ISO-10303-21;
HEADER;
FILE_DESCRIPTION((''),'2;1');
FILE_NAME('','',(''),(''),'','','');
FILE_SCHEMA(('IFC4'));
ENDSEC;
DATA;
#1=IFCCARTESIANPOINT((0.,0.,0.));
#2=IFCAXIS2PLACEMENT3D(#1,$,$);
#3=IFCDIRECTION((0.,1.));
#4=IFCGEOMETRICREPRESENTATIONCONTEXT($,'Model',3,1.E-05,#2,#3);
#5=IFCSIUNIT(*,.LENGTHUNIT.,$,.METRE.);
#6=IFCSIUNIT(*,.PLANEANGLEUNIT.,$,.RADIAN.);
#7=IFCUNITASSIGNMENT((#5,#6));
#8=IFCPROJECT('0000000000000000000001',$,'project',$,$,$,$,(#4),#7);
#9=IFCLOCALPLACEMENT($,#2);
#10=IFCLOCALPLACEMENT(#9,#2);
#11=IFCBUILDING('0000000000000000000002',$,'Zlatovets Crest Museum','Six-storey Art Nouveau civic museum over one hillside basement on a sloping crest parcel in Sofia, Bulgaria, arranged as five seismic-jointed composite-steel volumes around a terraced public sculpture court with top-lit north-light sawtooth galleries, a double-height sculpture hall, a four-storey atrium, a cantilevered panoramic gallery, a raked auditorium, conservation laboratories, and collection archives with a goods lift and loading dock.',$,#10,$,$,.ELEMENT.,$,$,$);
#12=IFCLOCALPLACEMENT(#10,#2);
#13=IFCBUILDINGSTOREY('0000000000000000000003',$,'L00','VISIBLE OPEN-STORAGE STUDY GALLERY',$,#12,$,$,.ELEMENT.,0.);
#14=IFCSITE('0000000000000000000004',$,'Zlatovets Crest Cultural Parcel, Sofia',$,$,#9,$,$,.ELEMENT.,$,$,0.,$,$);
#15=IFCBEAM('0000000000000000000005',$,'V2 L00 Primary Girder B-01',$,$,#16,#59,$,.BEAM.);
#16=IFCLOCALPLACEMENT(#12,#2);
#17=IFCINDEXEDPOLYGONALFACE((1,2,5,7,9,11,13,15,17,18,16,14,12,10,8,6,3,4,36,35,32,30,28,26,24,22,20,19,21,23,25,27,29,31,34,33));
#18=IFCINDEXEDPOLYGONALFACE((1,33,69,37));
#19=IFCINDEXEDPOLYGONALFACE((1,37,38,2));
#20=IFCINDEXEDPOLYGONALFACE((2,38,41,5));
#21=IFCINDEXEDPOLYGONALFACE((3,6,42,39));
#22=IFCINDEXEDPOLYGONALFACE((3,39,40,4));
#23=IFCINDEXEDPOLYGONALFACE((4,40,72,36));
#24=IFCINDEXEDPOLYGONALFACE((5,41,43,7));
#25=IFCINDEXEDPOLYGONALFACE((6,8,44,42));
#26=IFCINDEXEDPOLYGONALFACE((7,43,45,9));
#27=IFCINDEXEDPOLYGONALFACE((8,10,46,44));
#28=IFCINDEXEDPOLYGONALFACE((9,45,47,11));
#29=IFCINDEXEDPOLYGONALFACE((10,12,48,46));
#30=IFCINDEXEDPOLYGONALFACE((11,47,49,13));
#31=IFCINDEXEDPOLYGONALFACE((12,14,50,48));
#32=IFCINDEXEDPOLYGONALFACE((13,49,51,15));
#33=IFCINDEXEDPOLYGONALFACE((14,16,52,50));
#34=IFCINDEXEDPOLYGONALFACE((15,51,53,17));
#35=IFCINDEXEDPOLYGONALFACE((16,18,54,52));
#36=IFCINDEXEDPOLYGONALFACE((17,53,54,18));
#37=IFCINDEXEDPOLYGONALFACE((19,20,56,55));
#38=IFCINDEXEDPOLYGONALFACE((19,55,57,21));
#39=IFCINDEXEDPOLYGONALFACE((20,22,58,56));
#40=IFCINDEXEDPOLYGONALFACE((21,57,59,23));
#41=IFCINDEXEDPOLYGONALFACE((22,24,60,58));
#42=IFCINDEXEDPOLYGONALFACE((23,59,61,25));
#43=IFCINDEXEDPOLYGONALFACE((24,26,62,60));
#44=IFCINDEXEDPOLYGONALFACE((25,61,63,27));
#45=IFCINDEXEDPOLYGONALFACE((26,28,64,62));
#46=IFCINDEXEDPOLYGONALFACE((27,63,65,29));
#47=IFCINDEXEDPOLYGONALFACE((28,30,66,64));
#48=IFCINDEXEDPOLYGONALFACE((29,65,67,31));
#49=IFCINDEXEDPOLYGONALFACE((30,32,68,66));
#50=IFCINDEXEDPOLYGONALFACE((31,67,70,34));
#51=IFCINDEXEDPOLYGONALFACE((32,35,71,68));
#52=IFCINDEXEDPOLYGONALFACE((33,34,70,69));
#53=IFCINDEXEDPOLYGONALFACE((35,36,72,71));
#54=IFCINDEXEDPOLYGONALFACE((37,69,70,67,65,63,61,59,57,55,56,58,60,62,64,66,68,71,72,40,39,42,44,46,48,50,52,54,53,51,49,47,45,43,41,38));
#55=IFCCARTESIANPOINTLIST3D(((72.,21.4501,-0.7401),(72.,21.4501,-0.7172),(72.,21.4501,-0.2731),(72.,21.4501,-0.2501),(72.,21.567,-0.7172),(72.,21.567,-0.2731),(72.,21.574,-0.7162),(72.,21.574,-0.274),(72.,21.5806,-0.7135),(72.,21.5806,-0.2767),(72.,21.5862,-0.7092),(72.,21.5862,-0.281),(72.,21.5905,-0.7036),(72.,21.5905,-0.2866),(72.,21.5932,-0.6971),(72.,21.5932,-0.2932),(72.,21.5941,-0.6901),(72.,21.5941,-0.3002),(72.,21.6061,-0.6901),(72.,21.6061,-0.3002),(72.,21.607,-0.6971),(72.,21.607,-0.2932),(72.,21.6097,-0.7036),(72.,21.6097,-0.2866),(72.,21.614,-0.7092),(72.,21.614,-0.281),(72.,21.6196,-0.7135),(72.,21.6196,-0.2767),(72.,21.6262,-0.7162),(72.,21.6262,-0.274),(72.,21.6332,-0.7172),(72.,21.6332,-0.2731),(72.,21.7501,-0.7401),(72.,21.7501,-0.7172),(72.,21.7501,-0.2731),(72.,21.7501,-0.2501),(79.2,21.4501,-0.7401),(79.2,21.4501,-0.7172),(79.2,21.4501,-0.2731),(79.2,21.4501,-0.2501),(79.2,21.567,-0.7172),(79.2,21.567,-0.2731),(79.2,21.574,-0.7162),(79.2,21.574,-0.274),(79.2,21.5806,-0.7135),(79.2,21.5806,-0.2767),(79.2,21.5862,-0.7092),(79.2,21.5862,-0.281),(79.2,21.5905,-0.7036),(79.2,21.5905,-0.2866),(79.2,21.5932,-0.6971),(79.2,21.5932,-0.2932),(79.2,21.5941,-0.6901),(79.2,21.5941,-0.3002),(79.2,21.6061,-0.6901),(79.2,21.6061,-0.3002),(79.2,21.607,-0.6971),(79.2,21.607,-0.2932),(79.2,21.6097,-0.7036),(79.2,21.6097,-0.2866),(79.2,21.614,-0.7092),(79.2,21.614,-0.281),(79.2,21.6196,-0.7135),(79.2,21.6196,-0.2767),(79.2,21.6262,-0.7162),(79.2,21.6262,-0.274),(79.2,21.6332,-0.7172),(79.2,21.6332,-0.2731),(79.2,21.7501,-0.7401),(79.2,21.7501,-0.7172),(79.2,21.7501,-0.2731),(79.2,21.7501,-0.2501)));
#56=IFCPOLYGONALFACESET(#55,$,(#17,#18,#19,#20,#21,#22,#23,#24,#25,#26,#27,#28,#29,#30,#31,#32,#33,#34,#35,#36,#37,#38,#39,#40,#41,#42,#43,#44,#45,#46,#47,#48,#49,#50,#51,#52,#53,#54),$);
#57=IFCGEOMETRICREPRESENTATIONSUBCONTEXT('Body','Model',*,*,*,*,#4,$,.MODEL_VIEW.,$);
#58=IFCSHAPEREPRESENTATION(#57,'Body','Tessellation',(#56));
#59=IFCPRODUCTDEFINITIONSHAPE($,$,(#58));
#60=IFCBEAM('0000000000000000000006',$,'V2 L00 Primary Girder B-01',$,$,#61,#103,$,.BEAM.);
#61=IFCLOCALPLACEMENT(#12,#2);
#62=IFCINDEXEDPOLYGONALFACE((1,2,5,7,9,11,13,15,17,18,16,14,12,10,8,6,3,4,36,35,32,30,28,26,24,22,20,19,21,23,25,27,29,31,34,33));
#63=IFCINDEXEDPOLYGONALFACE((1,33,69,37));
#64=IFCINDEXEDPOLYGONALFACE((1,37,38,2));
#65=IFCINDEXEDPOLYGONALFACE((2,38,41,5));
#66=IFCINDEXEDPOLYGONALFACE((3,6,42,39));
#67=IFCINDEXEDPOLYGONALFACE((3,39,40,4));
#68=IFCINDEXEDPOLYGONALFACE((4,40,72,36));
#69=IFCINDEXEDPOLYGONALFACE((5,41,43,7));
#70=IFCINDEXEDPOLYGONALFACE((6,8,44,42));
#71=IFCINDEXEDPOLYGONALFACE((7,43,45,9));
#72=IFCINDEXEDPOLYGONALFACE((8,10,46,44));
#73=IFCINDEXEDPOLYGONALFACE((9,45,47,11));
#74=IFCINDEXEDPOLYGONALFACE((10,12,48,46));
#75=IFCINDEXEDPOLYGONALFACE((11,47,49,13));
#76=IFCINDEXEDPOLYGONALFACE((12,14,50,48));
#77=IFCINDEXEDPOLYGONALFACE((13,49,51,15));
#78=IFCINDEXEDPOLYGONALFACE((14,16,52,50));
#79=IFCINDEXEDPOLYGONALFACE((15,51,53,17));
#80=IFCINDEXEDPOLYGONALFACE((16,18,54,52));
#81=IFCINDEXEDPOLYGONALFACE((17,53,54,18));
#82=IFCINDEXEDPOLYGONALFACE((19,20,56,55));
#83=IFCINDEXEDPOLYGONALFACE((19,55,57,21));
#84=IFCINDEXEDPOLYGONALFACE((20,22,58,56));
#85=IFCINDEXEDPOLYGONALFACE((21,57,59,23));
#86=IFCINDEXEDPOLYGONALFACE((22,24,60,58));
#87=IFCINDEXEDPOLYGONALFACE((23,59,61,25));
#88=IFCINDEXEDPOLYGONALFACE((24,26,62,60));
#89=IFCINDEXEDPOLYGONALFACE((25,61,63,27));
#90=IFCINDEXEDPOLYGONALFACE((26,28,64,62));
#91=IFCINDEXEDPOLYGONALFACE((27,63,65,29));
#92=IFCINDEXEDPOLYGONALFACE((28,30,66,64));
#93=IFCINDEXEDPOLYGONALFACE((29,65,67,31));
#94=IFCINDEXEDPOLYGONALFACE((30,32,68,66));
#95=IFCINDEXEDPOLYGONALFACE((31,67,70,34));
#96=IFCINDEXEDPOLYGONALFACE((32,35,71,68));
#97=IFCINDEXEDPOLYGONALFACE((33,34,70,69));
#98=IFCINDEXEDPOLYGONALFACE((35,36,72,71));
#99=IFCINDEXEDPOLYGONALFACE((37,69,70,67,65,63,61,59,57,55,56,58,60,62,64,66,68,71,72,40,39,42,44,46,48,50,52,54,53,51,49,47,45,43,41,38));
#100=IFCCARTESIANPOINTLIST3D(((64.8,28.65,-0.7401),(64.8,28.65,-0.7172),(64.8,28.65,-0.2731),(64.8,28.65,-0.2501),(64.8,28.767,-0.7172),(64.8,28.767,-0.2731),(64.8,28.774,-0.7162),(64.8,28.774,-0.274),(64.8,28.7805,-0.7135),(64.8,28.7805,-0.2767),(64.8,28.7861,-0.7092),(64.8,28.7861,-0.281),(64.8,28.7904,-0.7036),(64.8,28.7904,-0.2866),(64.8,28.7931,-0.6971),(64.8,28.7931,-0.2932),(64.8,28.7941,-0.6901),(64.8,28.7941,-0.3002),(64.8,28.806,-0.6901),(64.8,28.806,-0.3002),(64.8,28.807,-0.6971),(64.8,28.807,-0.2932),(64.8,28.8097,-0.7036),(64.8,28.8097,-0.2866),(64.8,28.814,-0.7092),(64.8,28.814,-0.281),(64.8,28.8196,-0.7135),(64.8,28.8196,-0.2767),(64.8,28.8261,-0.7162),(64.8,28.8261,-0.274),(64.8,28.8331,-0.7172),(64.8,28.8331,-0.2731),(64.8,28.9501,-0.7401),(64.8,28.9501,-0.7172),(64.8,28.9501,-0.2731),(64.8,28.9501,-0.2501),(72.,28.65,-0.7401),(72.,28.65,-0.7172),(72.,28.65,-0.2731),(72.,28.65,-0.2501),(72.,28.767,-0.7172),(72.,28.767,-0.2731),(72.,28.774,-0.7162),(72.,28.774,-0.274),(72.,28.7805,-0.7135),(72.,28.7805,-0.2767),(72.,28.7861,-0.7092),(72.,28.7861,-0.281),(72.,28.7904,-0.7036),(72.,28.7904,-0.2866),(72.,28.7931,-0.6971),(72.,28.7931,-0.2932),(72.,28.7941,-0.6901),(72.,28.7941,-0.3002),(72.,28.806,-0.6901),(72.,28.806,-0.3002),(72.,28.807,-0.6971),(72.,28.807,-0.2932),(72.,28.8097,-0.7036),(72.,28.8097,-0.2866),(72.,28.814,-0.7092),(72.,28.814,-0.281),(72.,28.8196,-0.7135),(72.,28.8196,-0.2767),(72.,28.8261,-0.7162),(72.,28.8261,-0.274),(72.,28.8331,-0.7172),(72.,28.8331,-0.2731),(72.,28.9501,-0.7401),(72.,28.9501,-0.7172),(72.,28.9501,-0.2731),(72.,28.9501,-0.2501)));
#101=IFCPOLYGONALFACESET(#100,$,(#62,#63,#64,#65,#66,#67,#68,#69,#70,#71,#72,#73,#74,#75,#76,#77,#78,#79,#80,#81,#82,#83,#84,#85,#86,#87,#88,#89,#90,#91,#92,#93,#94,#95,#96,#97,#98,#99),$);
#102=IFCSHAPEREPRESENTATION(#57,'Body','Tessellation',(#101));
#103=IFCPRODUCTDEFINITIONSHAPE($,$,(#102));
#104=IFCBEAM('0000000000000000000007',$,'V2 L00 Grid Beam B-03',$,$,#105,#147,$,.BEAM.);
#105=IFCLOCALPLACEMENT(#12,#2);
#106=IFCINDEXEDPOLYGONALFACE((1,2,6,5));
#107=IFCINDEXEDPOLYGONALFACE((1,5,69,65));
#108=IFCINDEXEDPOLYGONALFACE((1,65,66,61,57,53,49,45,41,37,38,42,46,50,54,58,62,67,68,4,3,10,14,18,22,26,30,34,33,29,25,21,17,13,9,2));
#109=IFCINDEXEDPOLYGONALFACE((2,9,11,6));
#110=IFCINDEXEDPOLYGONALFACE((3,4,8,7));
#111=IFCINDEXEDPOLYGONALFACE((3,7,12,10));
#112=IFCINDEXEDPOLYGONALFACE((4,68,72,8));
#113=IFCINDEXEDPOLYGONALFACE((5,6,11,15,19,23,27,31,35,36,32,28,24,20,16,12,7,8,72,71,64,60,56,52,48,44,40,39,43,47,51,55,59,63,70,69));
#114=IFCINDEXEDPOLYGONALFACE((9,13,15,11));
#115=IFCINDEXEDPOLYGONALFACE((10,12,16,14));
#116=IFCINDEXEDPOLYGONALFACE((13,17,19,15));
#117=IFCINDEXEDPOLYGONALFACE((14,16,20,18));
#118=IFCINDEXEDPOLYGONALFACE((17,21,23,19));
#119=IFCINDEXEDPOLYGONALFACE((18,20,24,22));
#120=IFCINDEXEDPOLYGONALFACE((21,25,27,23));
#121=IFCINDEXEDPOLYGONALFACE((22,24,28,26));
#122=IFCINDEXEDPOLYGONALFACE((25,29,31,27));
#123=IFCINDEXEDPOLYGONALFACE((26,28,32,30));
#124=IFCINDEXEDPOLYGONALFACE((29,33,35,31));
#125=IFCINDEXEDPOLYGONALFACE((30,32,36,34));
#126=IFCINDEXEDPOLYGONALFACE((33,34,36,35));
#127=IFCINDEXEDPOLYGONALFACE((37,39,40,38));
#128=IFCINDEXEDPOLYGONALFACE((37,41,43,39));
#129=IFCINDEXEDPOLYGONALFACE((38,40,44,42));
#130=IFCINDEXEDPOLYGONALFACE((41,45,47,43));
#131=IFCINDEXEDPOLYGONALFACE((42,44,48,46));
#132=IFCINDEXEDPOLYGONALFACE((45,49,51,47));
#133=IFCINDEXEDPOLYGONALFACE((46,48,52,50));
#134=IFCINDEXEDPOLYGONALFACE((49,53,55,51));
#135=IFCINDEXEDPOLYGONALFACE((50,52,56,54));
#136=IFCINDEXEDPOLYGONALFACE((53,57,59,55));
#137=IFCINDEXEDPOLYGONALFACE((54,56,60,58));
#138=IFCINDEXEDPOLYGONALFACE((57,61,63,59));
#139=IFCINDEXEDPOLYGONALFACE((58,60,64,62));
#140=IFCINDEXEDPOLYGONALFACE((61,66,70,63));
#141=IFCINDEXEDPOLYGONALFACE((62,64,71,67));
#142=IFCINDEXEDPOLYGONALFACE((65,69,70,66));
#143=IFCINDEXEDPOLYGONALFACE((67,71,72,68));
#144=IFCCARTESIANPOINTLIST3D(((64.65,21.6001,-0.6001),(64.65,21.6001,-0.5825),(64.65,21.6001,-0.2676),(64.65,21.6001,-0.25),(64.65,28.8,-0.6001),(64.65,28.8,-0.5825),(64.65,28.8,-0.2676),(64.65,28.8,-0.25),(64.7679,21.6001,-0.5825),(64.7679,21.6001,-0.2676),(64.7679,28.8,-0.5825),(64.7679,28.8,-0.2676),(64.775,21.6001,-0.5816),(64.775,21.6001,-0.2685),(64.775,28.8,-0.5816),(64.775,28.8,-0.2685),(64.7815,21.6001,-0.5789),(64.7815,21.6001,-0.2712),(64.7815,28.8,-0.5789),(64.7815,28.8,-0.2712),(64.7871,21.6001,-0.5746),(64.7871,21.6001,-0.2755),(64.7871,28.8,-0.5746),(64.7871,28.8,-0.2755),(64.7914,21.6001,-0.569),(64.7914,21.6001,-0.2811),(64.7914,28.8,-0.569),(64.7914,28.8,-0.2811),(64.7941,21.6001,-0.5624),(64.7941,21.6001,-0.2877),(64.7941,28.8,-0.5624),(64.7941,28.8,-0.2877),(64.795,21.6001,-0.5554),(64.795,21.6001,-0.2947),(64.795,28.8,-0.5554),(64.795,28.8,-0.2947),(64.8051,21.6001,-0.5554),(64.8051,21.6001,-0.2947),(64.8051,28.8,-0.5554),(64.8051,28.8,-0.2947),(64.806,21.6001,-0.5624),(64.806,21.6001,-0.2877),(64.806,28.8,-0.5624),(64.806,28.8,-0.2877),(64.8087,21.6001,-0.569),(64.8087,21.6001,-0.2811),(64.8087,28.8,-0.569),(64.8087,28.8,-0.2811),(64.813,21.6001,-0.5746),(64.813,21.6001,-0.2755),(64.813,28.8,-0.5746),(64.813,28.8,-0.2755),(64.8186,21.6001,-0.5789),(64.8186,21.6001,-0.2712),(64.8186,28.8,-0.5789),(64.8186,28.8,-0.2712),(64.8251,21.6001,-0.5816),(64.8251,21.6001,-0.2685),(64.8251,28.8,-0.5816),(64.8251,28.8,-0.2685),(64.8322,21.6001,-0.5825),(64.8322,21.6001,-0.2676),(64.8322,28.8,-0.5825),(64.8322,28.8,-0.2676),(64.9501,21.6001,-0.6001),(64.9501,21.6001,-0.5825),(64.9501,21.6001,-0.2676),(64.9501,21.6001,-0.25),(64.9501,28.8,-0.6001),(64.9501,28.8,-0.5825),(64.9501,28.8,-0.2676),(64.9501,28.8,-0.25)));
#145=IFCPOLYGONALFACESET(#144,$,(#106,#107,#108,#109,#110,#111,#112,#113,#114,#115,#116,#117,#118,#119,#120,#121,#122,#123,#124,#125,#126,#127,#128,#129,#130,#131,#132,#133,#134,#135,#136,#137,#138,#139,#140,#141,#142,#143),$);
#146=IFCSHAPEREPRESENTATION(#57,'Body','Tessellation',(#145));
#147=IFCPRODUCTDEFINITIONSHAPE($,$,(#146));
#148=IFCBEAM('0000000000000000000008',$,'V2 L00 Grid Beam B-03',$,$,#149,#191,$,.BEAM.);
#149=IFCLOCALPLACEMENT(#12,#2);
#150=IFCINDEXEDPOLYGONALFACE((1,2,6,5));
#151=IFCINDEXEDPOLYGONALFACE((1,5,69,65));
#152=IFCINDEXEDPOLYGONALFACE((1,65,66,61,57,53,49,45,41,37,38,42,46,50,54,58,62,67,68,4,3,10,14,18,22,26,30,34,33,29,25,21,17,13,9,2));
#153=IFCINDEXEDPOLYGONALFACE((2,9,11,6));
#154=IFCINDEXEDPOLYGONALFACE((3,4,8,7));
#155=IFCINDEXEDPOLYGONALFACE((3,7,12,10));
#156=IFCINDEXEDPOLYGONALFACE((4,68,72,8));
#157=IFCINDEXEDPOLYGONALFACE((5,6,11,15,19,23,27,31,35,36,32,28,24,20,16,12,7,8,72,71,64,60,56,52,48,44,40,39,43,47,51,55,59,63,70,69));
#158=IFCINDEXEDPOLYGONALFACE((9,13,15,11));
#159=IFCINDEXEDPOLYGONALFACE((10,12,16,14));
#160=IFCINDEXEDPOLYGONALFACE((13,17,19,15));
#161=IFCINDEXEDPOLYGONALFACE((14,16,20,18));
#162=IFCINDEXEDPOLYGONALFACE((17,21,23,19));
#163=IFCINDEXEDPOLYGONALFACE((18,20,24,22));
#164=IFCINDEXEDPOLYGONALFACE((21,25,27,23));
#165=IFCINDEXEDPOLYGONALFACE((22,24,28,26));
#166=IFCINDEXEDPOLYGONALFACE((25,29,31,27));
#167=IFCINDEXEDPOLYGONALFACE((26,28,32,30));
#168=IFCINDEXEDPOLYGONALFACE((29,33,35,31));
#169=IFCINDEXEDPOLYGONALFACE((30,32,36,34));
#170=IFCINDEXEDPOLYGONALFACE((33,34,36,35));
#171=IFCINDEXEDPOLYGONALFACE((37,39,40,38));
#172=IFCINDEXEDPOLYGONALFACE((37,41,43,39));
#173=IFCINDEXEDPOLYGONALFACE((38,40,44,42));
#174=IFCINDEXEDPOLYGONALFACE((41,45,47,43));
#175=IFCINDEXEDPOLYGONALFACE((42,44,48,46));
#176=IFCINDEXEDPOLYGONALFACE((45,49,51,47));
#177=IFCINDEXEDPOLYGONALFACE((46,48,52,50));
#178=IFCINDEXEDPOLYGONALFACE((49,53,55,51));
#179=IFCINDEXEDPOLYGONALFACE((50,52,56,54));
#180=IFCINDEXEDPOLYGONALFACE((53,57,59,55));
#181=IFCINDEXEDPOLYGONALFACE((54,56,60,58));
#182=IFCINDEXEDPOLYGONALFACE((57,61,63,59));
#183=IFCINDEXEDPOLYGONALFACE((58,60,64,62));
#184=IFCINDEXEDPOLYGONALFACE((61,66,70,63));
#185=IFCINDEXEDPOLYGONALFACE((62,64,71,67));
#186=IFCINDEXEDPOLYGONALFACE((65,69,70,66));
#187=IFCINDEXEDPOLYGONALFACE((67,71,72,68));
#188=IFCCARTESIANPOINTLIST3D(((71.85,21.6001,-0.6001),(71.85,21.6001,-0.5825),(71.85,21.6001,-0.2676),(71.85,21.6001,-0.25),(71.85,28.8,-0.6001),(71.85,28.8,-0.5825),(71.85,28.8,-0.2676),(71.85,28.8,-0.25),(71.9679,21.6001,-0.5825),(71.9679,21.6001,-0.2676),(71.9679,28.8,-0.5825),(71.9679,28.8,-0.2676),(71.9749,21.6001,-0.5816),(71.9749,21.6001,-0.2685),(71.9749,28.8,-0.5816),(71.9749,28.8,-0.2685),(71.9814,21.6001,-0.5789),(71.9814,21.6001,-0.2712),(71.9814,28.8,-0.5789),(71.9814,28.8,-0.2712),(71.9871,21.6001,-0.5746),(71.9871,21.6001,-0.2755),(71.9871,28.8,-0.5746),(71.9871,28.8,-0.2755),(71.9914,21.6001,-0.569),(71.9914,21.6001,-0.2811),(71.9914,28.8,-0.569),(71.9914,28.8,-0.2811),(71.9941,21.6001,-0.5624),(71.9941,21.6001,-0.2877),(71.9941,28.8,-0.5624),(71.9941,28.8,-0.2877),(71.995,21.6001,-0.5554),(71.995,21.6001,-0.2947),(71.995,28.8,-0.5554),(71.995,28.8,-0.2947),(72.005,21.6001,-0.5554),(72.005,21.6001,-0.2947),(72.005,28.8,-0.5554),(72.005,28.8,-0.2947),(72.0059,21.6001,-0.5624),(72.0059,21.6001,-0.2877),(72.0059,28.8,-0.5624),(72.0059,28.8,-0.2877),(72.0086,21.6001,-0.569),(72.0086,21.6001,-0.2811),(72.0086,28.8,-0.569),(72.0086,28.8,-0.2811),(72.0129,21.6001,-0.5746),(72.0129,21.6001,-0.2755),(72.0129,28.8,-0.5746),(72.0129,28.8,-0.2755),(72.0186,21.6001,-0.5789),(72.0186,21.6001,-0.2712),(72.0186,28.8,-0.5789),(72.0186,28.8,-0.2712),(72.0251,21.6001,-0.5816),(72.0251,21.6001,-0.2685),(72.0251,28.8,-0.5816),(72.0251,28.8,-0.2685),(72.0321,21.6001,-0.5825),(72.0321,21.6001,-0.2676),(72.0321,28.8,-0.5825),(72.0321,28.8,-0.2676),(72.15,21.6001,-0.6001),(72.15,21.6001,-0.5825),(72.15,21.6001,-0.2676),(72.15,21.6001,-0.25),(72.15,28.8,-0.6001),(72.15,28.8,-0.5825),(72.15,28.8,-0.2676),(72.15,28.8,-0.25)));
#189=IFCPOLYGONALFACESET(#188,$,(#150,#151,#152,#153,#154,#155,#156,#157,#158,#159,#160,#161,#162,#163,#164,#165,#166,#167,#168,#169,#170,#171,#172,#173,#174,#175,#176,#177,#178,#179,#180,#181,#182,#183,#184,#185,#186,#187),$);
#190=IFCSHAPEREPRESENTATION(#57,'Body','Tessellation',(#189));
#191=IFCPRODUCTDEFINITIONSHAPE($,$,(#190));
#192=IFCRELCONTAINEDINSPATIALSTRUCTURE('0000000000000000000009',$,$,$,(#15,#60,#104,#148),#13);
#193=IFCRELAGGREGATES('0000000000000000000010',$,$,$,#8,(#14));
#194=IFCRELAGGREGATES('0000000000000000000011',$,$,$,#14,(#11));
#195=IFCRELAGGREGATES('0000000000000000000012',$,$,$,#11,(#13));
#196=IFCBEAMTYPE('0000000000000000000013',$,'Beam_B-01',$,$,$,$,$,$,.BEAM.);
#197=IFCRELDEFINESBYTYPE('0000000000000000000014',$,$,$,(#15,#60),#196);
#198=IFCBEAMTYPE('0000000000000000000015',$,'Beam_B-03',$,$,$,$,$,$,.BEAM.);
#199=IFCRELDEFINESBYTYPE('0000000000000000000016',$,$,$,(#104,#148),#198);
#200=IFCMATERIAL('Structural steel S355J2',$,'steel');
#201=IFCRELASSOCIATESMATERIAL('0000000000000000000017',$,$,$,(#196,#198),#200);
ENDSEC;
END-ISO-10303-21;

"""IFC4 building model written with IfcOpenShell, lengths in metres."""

from ifc_helpers import new_model, si_unit, direction, frame, origin, origin_2d, place, context, subcontext, project, spatial, i_section, extrude, material, material_profile, profile_set, type_object, element, save


model = new_model("IFC4")

# Units and contexts
model_context = context("Model", 3, precision=1e-05, world=origin(), true_north=direction((0.0, 1.0)))
body_context = subcontext(model_context, "Body", "Model", "MODEL_VIEW")
ifc_project = project(units=[si_unit("LENGTHUNIT", "METRE"), si_unit("PLANEANGLEUNIT", "RADIAN")], contexts=[model_context])

# Site, building, storey
site_placement = place(None, origin())
site = spatial("IfcSite", under=ifc_project, at=site_placement, Name="Zlatovets Crest Cultural Parcel, Sofia", CompositionType="ELEMENT", RefElevation=0.0)
building_placement = place(site_placement, origin())
building = spatial("IfcBuilding", under=site, at=building_placement, Name="Zlatovets Crest Museum", Description="Six-storey Art Nouveau civic museum over one hillside basement on a sloping crest parcel in Sofia, Bulgaria, arranged as five seismic-jointed composite-steel volumes around a terraced public sculpture court with top-lit north-light sawtooth galleries, a double-height sculpture hall, a four-storey atrium, a cantilevered panoramic gallery, a raked auditorium, conservation laboratories, and collection archives with a goods lift and loading dock.", CompositionType="ELEMENT")
storey_placement = place(building_placement, origin())
storey = spatial("IfcBuildingStorey", under=building, at=storey_placement, Name="L00", Description="VISIBLE OPEN-STORAGE STUDY GALLERY", CompositionType="ELEMENT", Elevation=0.0)

# Shared definitions
ifc_material_1 = material(Name="Structural steel S355J2", Category="steel")

# Beams
ifc_material_profile_1 = material_profile(ifc_material_1, i_section(OverallWidth=0.3, OverallDepth=0.49, WebThickness=0.012, FlangeThickness=0.0229, FilletRadius=0.0271, at=origin_2d()), Name="HEA 500")
ifc_profile_set_1 = profile_set([ifc_material_profile_1], Name="Structural steel S355J2")
beam_type_1 = type_object("IfcBeamType", Name="Beam_B-01", PredefinedType="BEAM", material=ifc_profile_set_1)
for number, where, z_axis, x_axis, name in (
    (1, (72.0, 21.6001, -0.4951), (1.0, 0.0, 0.0), (0.0, 1.0, 0.0), "V2 L00 Primary Girder B-01"),
    (2, (64.8, 28.8, -0.4951), (1.0, 0.0, 0.0), (0.0, 1.0, 0.0), "V2 L00 Primary Girder B-01"),
):
    element("IfcBeam", number, at=place(storey_placement, frame(where, z_axis=z_axis, x_axis=x_axis)), inside=storey, type_object=beam_type_1, Name=name, PredefinedType="BEAM", context=body_context, shape_type="SweptSolid", body=[
        extrude(i_section(OverallWidth=0.3, OverallDepth=0.49, WebThickness=0.012, FlangeThickness=0.0229, FilletRadius=0.0271, at=origin_2d()), origin(), (0.0, 0.0, 1.0), 7.2),
    ])
ifc_material_profile_2 = material_profile(ifc_material_1, i_section(OverallWidth=0.3, OverallDepth=0.3501, WebThickness=0.01, FlangeThickness=0.0176, FilletRadius=0.0271, at=origin_2d()), Name="HEA 360")
ifc_profile_set_2 = profile_set([ifc_material_profile_2], Name="Structural steel S355J2")
beam_type_2 = type_object("IfcBeamType", Name="Beam_B-03", PredefinedType="BEAM", material=ifc_profile_set_2)
for number, where, z_axis, x_axis, name in (
    (3, (64.8, 21.6001, -0.425), (0.0, 1.0, 0.0), (-1.0, 0.0, 0.0), "V2 L00 Grid Beam B-03"),
    (4, (72.0, 21.6001, -0.425), (0.0, 1.0, 0.0), (-1.0, 0.0, 0.0), "V2 L00 Grid Beam B-03"),
):
    element("IfcBeam", number, at=place(storey_placement, frame(where, z_axis=z_axis, x_axis=x_axis)), inside=storey, type_object=beam_type_2, Name=name, PredefinedType="BEAM", context=body_context, shape_type="SweptSolid", body=[
        extrude(i_section(OverallWidth=0.3, OverallDepth=0.3501, WebThickness=0.01, FlangeThickness=0.0176, FilletRadius=0.0271, at=origin_2d()), origin(), (0.0, 0.0, 1.0), 7.2),
    ])

save(model, "model.ifc")
